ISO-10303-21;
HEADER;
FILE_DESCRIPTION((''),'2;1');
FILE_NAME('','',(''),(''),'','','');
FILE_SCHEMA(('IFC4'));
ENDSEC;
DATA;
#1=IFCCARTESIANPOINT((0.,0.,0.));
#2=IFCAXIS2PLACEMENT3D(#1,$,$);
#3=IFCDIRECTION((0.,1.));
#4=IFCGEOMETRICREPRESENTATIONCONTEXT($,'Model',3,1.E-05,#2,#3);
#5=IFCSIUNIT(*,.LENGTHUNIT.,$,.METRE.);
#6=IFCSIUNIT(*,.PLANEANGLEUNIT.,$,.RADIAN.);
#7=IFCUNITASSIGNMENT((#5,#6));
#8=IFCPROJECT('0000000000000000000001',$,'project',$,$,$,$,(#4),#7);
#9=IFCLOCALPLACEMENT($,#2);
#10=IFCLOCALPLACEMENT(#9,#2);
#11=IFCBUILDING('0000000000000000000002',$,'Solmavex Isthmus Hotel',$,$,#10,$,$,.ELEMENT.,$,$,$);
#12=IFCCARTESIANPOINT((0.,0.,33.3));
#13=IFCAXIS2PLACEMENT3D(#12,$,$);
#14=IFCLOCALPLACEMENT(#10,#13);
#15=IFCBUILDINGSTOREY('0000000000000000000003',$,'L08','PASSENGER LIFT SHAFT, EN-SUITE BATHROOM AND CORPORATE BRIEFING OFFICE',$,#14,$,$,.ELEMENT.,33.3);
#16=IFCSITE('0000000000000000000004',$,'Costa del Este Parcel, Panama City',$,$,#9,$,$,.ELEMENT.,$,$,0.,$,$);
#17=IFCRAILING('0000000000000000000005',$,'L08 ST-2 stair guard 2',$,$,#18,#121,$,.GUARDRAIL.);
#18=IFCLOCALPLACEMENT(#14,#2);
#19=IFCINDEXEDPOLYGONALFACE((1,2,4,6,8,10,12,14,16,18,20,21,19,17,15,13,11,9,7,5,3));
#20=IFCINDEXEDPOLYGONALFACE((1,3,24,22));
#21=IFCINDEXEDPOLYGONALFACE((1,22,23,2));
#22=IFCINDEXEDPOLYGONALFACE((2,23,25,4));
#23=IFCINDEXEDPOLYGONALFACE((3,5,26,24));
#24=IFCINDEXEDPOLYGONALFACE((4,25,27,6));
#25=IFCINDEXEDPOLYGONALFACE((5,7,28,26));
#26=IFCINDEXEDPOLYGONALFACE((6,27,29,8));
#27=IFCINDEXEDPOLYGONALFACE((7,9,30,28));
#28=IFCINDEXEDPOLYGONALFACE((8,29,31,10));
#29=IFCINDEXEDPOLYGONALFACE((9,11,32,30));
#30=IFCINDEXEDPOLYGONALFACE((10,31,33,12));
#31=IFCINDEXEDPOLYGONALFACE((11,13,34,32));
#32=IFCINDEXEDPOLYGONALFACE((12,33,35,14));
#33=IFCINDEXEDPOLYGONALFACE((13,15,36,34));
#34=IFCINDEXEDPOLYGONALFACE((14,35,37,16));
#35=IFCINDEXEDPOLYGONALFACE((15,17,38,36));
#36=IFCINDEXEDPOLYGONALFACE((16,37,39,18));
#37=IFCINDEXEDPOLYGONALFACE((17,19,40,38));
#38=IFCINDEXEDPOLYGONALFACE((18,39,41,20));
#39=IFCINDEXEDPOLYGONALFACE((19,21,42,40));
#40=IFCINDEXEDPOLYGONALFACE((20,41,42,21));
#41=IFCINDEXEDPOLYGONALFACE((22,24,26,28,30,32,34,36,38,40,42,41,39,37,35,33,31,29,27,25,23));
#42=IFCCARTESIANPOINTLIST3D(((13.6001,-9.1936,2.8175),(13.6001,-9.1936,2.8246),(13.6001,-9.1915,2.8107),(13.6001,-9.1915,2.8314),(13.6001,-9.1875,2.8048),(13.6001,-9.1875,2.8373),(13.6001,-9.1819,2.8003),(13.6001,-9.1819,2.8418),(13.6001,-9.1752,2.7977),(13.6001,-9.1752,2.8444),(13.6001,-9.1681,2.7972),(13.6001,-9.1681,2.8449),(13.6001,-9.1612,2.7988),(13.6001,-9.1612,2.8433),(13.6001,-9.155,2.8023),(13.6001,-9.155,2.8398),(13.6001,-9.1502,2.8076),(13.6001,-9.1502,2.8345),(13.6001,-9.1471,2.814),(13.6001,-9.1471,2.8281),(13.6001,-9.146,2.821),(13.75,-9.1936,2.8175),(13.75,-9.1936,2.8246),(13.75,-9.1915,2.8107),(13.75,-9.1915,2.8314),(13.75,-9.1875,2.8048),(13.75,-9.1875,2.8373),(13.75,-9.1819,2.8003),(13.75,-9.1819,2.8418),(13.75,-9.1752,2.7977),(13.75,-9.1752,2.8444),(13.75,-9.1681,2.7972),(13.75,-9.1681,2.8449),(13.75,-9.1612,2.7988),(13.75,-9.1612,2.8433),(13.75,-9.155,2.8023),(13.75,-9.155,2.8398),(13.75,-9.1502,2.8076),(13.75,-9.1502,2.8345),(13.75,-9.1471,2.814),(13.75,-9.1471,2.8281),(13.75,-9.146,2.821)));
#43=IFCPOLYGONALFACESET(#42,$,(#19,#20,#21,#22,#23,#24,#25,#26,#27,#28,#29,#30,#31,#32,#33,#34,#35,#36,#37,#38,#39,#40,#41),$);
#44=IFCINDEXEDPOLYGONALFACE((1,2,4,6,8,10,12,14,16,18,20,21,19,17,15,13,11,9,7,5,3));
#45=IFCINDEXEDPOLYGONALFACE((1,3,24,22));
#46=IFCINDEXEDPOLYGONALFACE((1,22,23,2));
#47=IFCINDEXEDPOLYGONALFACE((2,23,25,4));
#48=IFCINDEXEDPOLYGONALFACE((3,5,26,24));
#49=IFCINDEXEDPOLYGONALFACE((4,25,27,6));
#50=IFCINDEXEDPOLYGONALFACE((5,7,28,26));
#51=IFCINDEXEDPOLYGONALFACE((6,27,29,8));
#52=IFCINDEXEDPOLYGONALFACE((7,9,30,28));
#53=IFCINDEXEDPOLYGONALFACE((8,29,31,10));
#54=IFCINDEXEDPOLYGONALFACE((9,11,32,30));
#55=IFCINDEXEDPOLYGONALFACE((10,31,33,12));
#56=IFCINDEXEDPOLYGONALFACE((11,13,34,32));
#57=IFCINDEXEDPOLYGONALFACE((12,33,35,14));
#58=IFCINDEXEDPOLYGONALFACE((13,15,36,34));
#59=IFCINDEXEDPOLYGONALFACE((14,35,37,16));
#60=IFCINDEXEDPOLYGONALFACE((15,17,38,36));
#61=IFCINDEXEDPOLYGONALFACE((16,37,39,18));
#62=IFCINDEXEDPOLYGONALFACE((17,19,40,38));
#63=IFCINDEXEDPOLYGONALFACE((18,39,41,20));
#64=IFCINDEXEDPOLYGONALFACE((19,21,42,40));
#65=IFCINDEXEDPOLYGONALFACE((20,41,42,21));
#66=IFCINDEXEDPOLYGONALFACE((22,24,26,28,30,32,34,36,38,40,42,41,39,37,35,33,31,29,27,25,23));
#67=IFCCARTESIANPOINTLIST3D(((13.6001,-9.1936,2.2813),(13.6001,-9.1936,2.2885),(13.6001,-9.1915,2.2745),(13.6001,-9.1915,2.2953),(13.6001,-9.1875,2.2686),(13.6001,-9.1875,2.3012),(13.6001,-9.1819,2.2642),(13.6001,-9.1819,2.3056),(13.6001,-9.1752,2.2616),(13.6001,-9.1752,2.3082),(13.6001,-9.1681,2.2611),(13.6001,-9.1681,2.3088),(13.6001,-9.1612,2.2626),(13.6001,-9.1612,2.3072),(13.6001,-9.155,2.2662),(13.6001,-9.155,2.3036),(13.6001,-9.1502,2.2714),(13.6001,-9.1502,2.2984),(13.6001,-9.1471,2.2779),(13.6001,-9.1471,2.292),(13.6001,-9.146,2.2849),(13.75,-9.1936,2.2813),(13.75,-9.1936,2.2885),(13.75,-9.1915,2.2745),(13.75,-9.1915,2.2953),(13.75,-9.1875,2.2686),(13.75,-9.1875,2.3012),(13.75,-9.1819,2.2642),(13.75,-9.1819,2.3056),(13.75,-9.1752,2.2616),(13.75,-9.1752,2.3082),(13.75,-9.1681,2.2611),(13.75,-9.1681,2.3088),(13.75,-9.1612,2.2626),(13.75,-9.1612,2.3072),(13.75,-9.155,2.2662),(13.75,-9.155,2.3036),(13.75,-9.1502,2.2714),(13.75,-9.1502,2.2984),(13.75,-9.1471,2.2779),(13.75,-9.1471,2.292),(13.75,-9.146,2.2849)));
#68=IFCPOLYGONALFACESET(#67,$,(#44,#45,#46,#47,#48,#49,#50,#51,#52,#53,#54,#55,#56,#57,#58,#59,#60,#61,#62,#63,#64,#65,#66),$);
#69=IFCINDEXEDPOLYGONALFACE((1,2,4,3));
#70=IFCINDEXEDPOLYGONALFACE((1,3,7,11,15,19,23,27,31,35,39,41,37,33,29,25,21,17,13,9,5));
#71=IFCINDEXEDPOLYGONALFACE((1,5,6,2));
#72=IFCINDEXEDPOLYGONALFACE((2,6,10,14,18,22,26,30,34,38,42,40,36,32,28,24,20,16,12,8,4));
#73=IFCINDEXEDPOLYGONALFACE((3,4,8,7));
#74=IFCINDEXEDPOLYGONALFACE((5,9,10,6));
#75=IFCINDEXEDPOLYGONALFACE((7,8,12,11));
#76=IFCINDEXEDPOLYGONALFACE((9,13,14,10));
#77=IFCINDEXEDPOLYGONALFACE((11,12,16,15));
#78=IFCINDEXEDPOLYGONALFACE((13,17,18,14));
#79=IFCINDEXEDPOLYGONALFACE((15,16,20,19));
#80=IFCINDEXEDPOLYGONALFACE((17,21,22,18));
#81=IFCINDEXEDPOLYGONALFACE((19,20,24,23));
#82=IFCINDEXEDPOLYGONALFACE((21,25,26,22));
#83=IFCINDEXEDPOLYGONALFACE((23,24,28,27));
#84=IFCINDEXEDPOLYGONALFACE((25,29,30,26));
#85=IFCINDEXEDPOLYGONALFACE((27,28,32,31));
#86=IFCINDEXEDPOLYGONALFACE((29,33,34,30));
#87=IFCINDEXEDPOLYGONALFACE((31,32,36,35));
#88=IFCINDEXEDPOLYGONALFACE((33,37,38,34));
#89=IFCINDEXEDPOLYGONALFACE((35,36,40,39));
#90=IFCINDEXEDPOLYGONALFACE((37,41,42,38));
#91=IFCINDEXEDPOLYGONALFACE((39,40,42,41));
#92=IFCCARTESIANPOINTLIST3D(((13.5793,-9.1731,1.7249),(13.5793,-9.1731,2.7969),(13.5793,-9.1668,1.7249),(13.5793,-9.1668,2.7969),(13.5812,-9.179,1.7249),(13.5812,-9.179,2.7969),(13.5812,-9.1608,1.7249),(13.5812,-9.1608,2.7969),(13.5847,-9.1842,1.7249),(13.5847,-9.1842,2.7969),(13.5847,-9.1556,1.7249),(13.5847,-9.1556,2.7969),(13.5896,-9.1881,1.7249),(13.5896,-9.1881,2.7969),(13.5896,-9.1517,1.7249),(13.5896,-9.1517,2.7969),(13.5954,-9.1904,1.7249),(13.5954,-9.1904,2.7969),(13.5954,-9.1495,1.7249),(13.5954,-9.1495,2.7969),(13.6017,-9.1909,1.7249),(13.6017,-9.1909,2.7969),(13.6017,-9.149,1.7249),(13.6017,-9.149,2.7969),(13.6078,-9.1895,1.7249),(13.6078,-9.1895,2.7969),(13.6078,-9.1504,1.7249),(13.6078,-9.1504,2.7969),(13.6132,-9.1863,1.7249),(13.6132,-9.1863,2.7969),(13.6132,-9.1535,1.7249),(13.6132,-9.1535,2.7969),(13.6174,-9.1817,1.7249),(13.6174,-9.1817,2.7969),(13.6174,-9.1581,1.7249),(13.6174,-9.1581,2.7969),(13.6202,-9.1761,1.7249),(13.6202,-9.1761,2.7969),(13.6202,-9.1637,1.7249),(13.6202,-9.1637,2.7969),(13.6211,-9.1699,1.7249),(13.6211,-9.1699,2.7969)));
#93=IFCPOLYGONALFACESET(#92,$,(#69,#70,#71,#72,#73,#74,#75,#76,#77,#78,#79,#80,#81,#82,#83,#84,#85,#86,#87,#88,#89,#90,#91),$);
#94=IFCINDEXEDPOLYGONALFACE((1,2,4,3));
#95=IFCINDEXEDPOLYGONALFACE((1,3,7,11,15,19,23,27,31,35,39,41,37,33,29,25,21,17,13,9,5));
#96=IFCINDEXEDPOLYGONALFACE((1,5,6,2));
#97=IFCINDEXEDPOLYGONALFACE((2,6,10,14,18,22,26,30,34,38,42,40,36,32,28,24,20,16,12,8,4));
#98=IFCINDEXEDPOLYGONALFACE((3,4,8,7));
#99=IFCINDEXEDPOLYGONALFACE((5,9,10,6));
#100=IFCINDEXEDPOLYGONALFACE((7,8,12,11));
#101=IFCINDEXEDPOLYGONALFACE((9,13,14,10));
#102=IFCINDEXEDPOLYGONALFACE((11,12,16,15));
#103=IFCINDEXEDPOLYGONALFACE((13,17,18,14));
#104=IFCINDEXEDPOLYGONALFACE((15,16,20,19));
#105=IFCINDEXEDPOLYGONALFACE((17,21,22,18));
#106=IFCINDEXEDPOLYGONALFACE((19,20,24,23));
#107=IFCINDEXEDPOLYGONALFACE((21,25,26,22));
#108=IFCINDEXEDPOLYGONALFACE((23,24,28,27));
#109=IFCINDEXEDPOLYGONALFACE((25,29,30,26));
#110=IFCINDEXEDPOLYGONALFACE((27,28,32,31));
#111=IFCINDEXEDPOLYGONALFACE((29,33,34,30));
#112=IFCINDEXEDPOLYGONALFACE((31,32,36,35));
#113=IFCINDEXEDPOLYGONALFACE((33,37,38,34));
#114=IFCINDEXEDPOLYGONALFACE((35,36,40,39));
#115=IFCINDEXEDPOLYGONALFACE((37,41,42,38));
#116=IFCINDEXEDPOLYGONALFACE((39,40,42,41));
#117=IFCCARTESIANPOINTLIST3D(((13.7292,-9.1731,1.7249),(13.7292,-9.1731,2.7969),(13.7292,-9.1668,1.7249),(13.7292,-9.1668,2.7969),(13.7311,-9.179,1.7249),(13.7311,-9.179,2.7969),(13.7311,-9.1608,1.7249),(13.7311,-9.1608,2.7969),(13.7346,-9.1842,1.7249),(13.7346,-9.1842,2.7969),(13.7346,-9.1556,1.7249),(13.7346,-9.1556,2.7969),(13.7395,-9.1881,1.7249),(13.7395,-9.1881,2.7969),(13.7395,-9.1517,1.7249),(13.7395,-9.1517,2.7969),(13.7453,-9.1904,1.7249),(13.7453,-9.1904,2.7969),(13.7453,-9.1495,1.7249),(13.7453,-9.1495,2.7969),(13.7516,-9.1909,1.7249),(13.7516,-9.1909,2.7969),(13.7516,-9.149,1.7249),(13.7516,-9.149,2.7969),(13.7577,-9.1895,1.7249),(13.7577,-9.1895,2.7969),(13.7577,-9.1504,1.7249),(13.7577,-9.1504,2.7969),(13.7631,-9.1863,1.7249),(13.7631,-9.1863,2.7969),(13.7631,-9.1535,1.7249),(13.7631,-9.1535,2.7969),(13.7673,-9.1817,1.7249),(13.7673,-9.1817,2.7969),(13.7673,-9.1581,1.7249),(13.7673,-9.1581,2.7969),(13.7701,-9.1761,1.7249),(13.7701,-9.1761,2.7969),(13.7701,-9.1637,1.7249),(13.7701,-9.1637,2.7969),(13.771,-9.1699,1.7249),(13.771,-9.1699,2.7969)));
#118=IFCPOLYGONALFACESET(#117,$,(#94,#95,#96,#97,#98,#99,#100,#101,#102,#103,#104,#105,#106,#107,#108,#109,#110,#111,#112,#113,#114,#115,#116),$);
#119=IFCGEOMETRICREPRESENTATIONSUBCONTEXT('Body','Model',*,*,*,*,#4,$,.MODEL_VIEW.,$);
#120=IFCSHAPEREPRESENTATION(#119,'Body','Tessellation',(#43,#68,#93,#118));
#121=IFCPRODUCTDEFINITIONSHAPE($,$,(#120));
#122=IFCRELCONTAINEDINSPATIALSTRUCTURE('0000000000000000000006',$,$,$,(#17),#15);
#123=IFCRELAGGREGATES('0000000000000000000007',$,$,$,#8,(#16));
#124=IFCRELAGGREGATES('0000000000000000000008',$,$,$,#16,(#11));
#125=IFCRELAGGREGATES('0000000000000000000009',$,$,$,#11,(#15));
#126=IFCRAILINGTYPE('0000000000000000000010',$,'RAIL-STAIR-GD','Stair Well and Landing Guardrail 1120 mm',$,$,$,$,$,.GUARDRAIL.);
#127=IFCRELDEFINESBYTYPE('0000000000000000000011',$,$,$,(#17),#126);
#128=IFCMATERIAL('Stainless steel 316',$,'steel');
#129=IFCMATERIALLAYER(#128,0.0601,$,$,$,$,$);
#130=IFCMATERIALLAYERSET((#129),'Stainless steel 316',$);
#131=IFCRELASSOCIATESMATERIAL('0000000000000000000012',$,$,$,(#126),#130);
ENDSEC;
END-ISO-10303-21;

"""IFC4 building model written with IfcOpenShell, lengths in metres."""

from ifc_helpers import new_model, si_unit, direction, frame, origin, origin_2d, place, context, subcontext, project, spatial, circle, extrude, material, layer, layer_set, type_object, element, save


model = new_model("IFC4")

# Units and contexts
model_context = context("Model", 3, precision=1e-05, world=origin(), true_north=direction((0.0, 1.0)))
body_context = subcontext(model_context, "Body", "Model", "MODEL_VIEW")
ifc_project = project(units=[si_unit("LENGTHUNIT", "METRE"), si_unit("PLANEANGLEUNIT", "RADIAN")], contexts=[model_context])

# Site, building, storey
site_placement = place(None, origin())
site = spatial("IfcSite", under=ifc_project, at=site_placement, Name="Costa del Este Parcel, Panama City", CompositionType="ELEMENT", RefElevation=0.0)
building_placement = place(site_placement, origin())
building = spatial("IfcBuilding", under=site, at=building_placement, Name="Solmavex Isthmus Hotel", CompositionType="ELEMENT")
storey_placement = place(building_placement, frame((0.0, 0.0, 33.3)))
storey = spatial("IfcBuildingStorey", under=building, at=storey_placement, Name="L08", Description="PASSENGER LIFT SHAFT, EN-SUITE BATHROOM AND CORPORATE BRIEFING OFFICE", CompositionType="ELEMENT", Elevation=33.3)

# Railing
ifc_material_1 = material(Name="Stainless steel 316", Category="steel")
ifc_layer_1 = layer(ifc_material_1, 0.0601)
ifc_layer_set_1 = layer_set([ifc_layer_1], Name="Stainless steel 316")
railing_type_1 = type_object("IfcRailingType", Name="RAIL-STAIR-GD", Description="Stair Well and Landing Guardrail 1120 mm", PredefinedType="GUARDRAIL", material=ifc_layer_set_1)
railing_1_placement = place(storey_placement, frame((13.6001, -9.1699, 1.7249)))
element("IfcRailing", 1, at=railing_1_placement, inside=storey, type_object=railing_type_1, Name="L08 ST-2 stair guard 2", PredefinedType="GUARDRAIL", context=body_context, shape_type="SweptSolid", body=[
    extrude(circle(Radius=0.0239, at=origin_2d()), frame((0.0, 0.0, 1.0962), z_axis=(1.0, 0.0, 0.0), x_axis=(0.0, 1.0, 0.0)), (0.0, 0.0, 1.0), 0.1499),
    extrude(circle(Radius=0.0239, at=origin_2d()), frame((0.0, 0.0, 0.5601), z_axis=(1.0, 0.0, 0.0), x_axis=(0.0, 1.0, 0.0)), (0.0, 0.0, 1.0), 0.1499),
    extrude(circle(Radius=0.021, at=origin_2d()), origin(), (0.0, 0.0, 1.0), 1.072),
    extrude(circle(Radius=0.021, at=origin_2d()), frame((0.1499, 0.0, 0.0)), (0.0, 0.0, 1.0), 1.072),
])

save(model, "model.ifc")
